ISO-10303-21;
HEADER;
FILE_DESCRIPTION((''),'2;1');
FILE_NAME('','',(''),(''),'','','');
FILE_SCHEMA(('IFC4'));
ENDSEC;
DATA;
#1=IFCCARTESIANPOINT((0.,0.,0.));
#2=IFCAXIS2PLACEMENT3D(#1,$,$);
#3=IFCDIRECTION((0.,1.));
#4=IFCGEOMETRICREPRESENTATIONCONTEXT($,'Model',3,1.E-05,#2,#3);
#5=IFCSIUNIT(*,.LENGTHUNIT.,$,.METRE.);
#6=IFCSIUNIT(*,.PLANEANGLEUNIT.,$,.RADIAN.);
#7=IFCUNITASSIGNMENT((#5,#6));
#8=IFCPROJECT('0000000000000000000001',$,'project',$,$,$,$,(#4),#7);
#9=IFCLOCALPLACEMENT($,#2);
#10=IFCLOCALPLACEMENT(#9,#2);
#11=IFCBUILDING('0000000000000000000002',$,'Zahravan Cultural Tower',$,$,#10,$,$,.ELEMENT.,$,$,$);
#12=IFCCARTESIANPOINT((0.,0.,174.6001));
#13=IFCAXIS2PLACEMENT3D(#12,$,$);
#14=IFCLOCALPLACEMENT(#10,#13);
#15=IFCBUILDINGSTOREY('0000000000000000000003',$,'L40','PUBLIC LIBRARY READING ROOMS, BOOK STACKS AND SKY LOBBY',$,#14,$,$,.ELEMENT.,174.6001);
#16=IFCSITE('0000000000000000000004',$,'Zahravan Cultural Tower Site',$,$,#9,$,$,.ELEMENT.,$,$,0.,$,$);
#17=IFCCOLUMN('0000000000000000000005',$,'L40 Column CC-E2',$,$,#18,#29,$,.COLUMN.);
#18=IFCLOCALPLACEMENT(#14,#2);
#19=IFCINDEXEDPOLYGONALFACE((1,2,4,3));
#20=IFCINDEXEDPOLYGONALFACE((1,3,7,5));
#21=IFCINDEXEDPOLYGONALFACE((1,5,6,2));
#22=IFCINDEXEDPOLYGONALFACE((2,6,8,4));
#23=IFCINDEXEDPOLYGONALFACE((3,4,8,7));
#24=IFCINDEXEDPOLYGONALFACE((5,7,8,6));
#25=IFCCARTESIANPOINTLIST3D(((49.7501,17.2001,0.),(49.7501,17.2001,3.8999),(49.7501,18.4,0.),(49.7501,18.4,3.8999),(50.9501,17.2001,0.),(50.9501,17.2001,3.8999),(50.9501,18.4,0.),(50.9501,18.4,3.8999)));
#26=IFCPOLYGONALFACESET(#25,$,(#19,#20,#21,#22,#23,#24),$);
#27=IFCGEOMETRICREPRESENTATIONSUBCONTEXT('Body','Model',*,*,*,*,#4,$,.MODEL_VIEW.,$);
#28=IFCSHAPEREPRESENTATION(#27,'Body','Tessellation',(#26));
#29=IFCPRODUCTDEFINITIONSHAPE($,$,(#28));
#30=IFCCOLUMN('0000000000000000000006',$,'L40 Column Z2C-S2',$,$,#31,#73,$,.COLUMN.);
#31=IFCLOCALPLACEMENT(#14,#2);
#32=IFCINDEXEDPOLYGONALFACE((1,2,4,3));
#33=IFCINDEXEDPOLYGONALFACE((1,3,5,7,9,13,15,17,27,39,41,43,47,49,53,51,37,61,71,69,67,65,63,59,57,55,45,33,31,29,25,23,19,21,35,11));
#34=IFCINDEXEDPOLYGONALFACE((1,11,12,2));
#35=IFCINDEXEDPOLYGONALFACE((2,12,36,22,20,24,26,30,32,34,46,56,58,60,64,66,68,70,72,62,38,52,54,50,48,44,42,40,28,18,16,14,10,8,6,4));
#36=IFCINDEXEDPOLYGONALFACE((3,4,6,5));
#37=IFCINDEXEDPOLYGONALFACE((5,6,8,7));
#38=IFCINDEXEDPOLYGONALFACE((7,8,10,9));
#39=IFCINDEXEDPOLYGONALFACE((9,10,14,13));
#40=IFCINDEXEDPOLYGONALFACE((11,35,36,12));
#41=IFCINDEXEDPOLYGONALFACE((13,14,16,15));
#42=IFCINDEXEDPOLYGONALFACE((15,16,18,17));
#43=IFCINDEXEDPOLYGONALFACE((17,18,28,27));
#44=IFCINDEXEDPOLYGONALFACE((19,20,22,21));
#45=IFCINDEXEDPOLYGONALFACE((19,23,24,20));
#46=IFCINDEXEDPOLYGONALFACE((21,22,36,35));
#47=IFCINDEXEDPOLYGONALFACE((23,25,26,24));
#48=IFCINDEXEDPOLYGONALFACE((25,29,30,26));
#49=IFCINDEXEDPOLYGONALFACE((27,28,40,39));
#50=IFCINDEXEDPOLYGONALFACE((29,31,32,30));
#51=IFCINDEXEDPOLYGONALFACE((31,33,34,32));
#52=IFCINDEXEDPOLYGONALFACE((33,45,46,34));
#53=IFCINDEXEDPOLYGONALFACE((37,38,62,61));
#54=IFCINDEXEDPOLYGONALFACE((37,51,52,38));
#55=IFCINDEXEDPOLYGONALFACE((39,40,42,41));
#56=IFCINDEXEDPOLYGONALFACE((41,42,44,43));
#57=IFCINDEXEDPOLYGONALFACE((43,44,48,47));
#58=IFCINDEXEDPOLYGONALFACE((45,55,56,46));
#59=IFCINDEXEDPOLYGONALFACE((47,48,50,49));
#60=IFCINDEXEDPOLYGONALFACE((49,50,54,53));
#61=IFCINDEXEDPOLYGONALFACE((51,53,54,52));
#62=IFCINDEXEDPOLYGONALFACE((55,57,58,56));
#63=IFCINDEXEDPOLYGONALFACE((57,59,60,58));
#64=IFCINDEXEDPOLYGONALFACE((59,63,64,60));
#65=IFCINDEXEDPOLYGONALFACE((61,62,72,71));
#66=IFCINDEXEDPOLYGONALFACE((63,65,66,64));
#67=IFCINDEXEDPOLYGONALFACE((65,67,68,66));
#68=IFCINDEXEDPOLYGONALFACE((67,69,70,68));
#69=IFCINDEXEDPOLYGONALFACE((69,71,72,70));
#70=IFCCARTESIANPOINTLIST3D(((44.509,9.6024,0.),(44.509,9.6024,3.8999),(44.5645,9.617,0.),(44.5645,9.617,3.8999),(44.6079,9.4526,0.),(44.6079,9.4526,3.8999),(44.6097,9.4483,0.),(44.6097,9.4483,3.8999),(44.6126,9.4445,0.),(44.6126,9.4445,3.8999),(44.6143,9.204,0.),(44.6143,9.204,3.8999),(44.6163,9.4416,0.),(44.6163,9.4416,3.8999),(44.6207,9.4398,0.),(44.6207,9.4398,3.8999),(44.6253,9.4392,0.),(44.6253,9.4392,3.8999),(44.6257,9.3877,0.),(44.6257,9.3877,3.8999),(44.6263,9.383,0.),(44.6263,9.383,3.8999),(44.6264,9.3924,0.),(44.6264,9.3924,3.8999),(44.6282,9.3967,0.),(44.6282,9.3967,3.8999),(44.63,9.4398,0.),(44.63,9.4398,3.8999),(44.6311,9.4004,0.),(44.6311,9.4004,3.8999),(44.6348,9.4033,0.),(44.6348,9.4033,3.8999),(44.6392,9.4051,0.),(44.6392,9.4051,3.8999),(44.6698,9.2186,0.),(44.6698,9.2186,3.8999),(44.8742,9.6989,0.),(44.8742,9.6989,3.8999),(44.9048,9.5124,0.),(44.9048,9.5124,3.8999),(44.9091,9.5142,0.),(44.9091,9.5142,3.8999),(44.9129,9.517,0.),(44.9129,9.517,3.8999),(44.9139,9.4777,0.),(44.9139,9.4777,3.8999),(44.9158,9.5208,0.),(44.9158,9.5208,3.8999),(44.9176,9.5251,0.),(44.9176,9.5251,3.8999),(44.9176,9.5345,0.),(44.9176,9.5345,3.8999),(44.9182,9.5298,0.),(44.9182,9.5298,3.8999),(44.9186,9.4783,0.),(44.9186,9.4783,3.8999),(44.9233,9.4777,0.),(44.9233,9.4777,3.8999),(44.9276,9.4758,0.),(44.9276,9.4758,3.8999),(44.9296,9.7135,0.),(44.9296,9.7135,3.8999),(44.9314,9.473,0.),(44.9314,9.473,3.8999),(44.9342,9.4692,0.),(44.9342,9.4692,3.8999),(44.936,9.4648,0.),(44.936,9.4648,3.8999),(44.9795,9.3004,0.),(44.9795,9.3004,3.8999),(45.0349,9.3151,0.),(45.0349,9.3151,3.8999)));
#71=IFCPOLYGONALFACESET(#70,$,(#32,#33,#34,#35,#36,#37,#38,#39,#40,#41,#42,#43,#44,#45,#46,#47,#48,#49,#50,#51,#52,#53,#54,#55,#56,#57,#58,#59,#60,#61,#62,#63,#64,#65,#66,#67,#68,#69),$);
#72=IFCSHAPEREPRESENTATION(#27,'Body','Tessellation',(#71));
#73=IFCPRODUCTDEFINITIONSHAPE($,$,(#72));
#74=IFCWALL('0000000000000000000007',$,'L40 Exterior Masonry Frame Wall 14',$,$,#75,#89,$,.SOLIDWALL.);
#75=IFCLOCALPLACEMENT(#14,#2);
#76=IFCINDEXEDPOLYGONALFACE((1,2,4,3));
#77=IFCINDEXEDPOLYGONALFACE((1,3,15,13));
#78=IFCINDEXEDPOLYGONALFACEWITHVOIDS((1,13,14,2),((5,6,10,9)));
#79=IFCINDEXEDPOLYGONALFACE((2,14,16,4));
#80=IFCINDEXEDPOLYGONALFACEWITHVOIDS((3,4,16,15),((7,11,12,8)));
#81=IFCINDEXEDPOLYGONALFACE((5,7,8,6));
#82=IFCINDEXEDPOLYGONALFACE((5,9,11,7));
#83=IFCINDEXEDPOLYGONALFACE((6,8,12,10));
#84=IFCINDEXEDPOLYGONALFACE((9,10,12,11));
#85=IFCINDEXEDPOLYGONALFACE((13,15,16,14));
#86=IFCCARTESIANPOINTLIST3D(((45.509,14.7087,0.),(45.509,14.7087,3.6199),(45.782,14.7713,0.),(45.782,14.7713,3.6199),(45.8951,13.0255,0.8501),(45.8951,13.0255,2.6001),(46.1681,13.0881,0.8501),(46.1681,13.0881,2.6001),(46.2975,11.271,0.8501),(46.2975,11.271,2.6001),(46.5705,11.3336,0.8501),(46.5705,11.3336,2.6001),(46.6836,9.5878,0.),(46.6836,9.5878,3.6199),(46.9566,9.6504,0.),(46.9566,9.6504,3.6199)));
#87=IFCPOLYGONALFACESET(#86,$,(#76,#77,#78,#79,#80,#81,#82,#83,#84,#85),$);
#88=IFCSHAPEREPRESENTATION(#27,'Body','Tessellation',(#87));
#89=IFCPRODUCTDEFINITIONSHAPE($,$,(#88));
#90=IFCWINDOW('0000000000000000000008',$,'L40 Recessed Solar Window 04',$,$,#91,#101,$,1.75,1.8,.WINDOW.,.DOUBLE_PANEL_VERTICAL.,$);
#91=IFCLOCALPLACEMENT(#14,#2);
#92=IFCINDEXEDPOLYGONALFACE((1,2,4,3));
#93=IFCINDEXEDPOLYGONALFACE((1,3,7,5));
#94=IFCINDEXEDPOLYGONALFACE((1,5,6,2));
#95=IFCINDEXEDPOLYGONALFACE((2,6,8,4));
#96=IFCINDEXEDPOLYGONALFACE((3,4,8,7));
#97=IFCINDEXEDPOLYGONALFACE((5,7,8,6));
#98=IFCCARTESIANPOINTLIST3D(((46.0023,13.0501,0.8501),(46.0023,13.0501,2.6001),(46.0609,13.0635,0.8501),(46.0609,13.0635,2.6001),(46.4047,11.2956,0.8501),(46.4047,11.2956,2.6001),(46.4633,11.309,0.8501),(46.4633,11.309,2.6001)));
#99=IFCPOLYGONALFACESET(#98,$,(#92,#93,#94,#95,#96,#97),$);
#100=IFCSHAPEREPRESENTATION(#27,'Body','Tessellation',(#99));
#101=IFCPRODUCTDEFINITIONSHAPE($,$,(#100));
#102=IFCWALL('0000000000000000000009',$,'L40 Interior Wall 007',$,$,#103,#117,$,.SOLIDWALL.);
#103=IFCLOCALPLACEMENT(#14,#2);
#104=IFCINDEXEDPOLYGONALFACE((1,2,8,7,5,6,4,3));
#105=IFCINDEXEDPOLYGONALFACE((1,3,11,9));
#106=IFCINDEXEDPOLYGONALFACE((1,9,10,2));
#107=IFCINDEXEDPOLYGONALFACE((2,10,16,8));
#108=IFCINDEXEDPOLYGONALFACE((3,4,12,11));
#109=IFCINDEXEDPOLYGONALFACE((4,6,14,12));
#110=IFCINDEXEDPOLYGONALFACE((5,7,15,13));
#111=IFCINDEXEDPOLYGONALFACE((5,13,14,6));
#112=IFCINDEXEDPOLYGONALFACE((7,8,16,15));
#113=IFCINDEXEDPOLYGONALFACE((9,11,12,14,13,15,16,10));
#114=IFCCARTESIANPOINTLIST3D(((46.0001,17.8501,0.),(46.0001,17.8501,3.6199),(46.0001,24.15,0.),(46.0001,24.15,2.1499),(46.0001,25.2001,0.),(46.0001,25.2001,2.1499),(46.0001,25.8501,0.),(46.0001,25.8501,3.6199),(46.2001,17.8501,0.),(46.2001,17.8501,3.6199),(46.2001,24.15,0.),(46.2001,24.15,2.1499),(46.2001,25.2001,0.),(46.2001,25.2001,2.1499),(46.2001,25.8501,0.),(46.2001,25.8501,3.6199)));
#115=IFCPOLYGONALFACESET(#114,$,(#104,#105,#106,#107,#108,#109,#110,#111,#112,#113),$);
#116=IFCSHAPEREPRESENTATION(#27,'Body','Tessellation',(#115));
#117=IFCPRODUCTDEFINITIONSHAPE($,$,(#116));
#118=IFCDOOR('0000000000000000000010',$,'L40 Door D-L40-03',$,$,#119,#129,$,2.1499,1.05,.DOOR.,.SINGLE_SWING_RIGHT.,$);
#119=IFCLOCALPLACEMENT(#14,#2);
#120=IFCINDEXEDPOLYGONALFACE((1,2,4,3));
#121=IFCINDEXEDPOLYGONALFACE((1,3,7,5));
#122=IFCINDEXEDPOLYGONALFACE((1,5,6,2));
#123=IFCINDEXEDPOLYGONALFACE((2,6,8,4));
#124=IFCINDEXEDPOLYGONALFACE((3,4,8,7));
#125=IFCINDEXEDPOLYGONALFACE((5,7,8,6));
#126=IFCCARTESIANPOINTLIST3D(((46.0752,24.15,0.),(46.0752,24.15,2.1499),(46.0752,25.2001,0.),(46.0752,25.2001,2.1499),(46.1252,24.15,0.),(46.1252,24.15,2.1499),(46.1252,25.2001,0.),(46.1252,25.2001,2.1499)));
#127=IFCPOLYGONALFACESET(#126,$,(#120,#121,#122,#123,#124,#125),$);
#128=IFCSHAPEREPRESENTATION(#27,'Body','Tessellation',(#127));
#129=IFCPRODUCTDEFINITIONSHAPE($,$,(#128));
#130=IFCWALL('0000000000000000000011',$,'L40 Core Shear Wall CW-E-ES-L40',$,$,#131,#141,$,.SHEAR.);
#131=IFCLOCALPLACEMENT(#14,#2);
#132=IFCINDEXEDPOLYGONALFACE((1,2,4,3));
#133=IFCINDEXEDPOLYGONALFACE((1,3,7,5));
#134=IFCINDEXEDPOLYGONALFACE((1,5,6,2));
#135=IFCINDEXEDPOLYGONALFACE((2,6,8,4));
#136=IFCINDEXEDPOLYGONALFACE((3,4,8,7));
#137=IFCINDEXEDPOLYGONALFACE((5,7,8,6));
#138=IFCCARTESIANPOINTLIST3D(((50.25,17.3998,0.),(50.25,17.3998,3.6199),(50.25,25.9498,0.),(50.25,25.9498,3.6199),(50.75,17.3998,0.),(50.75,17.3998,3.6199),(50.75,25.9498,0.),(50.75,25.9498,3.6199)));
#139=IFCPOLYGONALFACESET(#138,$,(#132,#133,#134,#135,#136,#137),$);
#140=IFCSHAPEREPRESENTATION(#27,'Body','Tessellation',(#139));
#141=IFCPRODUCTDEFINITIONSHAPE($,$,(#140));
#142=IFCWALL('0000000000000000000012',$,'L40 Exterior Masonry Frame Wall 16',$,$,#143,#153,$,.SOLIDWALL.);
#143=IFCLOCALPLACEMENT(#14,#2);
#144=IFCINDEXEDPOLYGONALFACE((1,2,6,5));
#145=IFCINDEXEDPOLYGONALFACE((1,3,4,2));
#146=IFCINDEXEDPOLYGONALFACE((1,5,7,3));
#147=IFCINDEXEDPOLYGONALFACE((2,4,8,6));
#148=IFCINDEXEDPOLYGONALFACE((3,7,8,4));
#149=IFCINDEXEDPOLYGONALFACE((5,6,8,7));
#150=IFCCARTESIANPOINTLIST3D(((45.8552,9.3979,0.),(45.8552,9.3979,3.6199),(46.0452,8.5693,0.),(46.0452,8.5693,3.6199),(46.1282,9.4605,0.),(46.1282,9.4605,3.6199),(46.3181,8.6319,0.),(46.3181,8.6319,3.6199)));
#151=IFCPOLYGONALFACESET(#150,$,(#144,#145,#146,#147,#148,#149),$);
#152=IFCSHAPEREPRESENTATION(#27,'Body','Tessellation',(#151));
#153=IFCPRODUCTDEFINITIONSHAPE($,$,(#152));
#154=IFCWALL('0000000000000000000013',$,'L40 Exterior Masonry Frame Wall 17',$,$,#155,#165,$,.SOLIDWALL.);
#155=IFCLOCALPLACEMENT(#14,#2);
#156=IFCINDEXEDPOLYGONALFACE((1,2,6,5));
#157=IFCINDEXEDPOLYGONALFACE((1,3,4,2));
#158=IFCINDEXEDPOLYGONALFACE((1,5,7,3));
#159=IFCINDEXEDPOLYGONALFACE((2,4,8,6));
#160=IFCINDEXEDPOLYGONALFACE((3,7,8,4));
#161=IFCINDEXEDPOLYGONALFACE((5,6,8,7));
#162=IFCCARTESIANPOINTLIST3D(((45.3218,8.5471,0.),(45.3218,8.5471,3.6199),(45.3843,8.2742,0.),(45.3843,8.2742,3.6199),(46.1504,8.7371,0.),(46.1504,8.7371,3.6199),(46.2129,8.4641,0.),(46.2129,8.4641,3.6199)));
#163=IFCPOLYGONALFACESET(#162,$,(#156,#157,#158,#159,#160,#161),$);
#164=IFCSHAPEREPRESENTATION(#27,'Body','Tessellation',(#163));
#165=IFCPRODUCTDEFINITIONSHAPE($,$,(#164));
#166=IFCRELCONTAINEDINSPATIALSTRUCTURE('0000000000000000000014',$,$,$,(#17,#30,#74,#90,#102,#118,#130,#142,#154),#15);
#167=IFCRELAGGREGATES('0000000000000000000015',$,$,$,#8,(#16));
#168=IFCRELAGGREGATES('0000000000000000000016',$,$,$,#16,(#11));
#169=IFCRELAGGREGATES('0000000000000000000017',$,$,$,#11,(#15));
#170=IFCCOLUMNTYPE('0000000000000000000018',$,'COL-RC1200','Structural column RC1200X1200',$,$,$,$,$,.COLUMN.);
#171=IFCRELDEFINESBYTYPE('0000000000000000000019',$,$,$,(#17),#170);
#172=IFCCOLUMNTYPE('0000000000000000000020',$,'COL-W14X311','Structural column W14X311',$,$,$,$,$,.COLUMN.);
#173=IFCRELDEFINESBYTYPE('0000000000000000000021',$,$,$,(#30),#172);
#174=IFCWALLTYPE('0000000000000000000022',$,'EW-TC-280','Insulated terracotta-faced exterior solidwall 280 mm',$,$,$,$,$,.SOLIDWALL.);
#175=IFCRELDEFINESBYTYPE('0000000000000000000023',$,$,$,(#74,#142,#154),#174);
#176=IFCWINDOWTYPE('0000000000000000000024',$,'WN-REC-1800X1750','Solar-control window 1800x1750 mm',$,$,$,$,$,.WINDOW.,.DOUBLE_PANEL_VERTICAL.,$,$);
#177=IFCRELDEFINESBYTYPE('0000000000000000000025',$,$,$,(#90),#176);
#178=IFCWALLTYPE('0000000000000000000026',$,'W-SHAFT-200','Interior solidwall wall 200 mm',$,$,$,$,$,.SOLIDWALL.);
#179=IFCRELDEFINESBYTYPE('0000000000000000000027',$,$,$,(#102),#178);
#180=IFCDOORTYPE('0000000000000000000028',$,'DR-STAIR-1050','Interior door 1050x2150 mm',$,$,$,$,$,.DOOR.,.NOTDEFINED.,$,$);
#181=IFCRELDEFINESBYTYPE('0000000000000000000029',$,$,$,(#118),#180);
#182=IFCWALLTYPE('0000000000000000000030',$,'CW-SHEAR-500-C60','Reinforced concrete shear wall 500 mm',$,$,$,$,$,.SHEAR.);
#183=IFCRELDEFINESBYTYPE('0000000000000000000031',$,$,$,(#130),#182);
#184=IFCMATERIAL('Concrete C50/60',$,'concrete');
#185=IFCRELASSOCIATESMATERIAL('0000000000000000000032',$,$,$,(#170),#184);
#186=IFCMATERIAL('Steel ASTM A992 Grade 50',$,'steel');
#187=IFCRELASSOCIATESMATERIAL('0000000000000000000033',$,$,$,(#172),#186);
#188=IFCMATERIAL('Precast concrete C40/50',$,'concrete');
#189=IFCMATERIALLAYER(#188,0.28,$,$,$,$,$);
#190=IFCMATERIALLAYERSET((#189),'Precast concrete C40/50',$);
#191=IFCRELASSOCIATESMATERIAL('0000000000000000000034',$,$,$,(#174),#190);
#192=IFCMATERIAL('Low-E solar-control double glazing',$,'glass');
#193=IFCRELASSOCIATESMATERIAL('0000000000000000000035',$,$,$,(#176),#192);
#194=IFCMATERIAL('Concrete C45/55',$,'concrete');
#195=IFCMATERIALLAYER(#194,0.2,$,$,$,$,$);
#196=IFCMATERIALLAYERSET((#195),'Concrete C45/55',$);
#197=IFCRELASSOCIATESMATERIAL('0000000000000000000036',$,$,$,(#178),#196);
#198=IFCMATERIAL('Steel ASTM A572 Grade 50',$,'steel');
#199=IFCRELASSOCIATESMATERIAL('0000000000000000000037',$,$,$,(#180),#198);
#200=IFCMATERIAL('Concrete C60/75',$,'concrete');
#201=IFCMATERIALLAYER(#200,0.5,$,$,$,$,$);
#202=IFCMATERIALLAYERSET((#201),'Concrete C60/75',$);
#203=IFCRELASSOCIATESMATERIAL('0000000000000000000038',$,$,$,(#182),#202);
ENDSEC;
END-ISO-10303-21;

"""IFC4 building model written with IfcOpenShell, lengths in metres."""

from ifc_helpers import new_model, si_unit, direction, frame, frame_2d, origin, origin_2d, place, context, subcontext, project, spatial, rectangle, i_section, extrude, source, transform, mapped, material, layer, layer_set, material_profile, profile_set, type_object, element, fill, save


model = new_model("IFC4")

# Units and contexts
model_context = context("Model", 3, precision=1e-05, world=origin(), true_north=direction((0.0, 1.0)))
body_context = subcontext(model_context, "Body", "Model", "MODEL_VIEW")
ifc_project = project(units=[si_unit("LENGTHUNIT", "METRE"), si_unit("PLANEANGLEUNIT", "RADIAN")], contexts=[model_context])

# Site, building, storey
site_placement = place(None, origin())
site = spatial("IfcSite", under=ifc_project, at=site_placement, Name="Zahravan Cultural Tower Site", CompositionType="ELEMENT", RefElevation=0.0)
building_placement = place(site_placement, origin())
building = spatial("IfcBuilding", under=site, at=building_placement, Name="Zahravan Cultural Tower", CompositionType="ELEMENT")
storey_placement = place(building_placement, frame((0.0, 0.0, 174.6001)))
storey = spatial("IfcBuildingStorey", under=building, at=storey_placement, Name="L40", Description="PUBLIC LIBRARY READING ROOMS, BOOK STACKS AND SKY LOBBY", CompositionType="ELEMENT", Elevation=174.6001)

# Columns
ifc_material_1 = material(Name="Concrete C50/60", Category="concrete")
ifc_material_profile_1 = material_profile(ifc_material_1, rectangle(XDim=1.2, YDim=1.2, at=origin_2d()), Name="RC1200X1200")
ifc_profile_set_1 = profile_set([ifc_material_profile_1], Name="Concrete C50/60")
column_type_1 = type_object("IfcColumnType", Name="COL-RC1200", Description="Structural column RC1200X1200", PredefinedType="COLUMN", material=ifc_profile_set_1)
shared_shape_1 = source(origin(), body_context, "Body", "SweptSolid", [
    extrude(rectangle(XDim=1.2, YDim=1.2, at=origin_2d()), origin(), (0.0, 0.0, 1.0), 3.8999),
])
column_1_placement = place(storey_placement, frame((50.3501, 17.8, 0.0), z_axis=(0.0, 0.0, 1.0), x_axis=(1.0, 0.0, 0.0)))
element("IfcColumn", 1, at=column_1_placement, inside=storey, type_object=column_type_1, Name="L40 Column CC-E2", PredefinedType="COLUMN", context=body_context, shape_type="MappedRepresentation", body=[
    mapped(shared_shape_1, transform((0.0, 0.0, 0.0), x_axis=(1.0, 0.0, 0.0), y_axis=(0.0, 1.0, 0.0), z_axis=(0.0, 0.0, 1.0), scale=1.0)),
])
ifc_material_2 = material(Name="Steel ASTM A992 Grade 50", Category="steel")
ifc_material_profile_2 = material_profile(ifc_material_2, i_section(OverallWidth=0.4121, OverallDepth=0.4351, WebThickness=0.0359, FlangeThickness=0.0574, FilletRadius=0.0181, at=origin_2d()), Name="W14X311")
ifc_profile_set_2 = profile_set([ifc_material_profile_2], Name="Steel ASTM A992 Grade 50")
column_type_2 = type_object("IfcColumnType", Name="COL-W14X311", Description="Structural column W14X311", PredefinedType="COLUMN", material=ifc_profile_set_2)
shared_shape_2 = source(origin(), body_context, "Body", "SweptSolid", [
    extrude(i_section(OverallWidth=0.4121, OverallDepth=0.4351, WebThickness=0.0359, FlangeThickness=0.0574, FilletRadius=0.0181, at=origin_2d()), origin(), (0.0, 0.0, 1.0), 3.8999),
])
column_2_placement = place(storey_placement, frame((44.772, 9.4587, 0.0), z_axis=(0.0, 0.0, 1.0), x_axis=(-0.255446, 0.966823, 0.0)))
element("IfcColumn", 2, at=column_2_placement, inside=storey, type_object=column_type_2, Name="L40 Column Z2C-S2", PredefinedType="COLUMN", context=body_context, shape_type="MappedRepresentation", body=[
    mapped(shared_shape_2, transform((0.0, 0.0, 0.0), x_axis=(1.0, 0.0, 0.0), y_axis=(0.0, 1.0, 0.0), z_axis=(0.0, 0.0, 1.0), scale=1.0)),
])

# Shared definitions
ifc_material_3 = material(Name="Precast concrete C40/50", Category="concrete")
ifc_layer_1 = layer(ifc_material_3, 0.28)
ifc_layer_set_1 = layer_set([ifc_layer_1], Name="Precast concrete C40/50")
wall_type_1 = type_object("IfcWallType", Name="EW-TC-280", Description="Insulated terracotta-faced exterior solidwall 280 mm", PredefinedType="SOLIDWALL", material=ifc_layer_set_1)
shared_shape_3 = source(origin(), body_context, "Body", "SweptSolid", [
    extrude(rectangle(XDim=1.05, YDim=2.1499, at=frame_2d((0.5249, 1.075))), frame((0.0, 0.0249, 0.0), z_axis=(0.0, -1.0, 0.0), x_axis=(1.0, 0.0, 0.0)), (0.0, 0.0, 1.0), 0.05),
])

# Wall, opening, window
wall_1_placement = place(storey_placement, frame((45.6455, 14.74, 0.0), z_axis=(0.0, 0.0, 1.0), x_axis=(0.223563, -0.97469, 0.0)))
wall_1 = element("IfcWall", 3, at=wall_1_placement, inside=storey, type_object=wall_type_1, Name="L40 Exterior Masonry Frame Wall 14", PredefinedType="SOLIDWALL", context=body_context, shape_type="SweptSolid", body=[
    extrude(rectangle(XDim=5.2539, YDim=0.28, at=frame_2d((2.627, 0.0))), origin(), (0.0, 0.0, 1.0), 3.6199),
])
opening_1_placement = place(wall_1_placement, frame((1.7271, 0.0, 0.8501)))
opening_1 = element("IfcOpeningElement", 4, at=opening_1_placement, cuts=wall_1, PredefinedType="OPENING", context=body_context, shape_type="SweptSolid", body=[
    extrude(rectangle(XDim=1.8, YDim=1.75, at=frame_2d((0.8999, 0.875))), frame((0.0, 0.1499, 0.0), z_axis=(0.0, -1.0, 0.0), x_axis=(1.0, 0.0, 0.0)), (0.0, 0.0, 1.0), 0.3),
])
ifc_material_4 = material(Name="Low-E solar-control double glazing", Category="glass")
window_type = type_object("IfcWindowType", Name="WN-REC-1800X1750", Description="Solar-control window 1800x1750 mm", PartitioningType="DOUBLE_PANEL_VERTICAL", PredefinedType="WINDOW", material=ifc_material_4)
shared_shape_4 = source(origin(), body_context, "Body", "SweptSolid", [
    extrude(rectangle(XDim=1.8, YDim=1.75, at=frame_2d((0.8999, 0.875))), frame((0.0, 0.03, 0.0), z_axis=(0.0, -1.0, 0.0), x_axis=(1.0, 0.0, 0.0)), (0.0, 0.0, 1.0), 0.0601),
])
window_placement = place(opening_1_placement, origin())
window = element("IfcWindow", 5, at=window_placement, inside=storey, type_object=window_type, Name="L40 Recessed Solar Window 04", OverallHeight=1.75, OverallWidth=1.8, PartitioningType="DOUBLE_PANEL_VERTICAL", PredefinedType="WINDOW", context=body_context, shape_type="MappedRepresentation", body=[
    mapped(shared_shape_4, transform((0.0, 0.0, 0.0), x_axis=(1.0, 0.0, 0.0), y_axis=(0.0, 1.0, 0.0), z_axis=(0.0, 0.0, 1.0), scale=1.0)),
])
fill(opening_1, window)

# Wall, opening, door
ifc_material_5 = material(Name="Concrete C45/55", Category="concrete")
ifc_layer_2 = layer(ifc_material_5, 0.2)
ifc_layer_set_2 = layer_set([ifc_layer_2], Name="Concrete C45/55")
wall_type_2 = type_object("IfcWallType", Name="W-SHAFT-200", Description="Interior solidwall wall 200 mm", PredefinedType="SOLIDWALL", material=ifc_layer_set_2)
wall_2_placement = place(storey_placement, frame((46.1001, 17.8501, 0.0), z_axis=(0.0, 0.0, 1.0), x_axis=(0.0, 1.0, 0.0)))
wall_2 = element("IfcWall", 6, at=wall_2_placement, inside=storey, type_object=wall_type_2, Name="L40 Interior Wall 007", PredefinedType="SOLIDWALL", context=body_context, shape_type="SweptSolid", body=[
    extrude(rectangle(XDim=8.0, YDim=0.2, at=frame_2d((4.0, 0.0))), origin(), (0.0, 0.0, 1.0), 3.6199),
])
opening_2_placement = place(wall_2_placement, frame((6.3, 0.0, 0.0)))
opening_2 = element("IfcOpeningElement", 7, at=opening_2_placement, cuts=wall_2, PredefinedType="OPENING", context=body_context, shape_type="SweptSolid", body=[
    extrude(rectangle(XDim=1.05, YDim=2.1499, at=frame_2d((0.5249, 1.075))), frame((0.0, 0.1099, 0.0), z_axis=(0.0, -1.0, 0.0), x_axis=(1.0, 0.0, 0.0)), (0.0, 0.0, 1.0), 0.22),
])
ifc_material_6 = material(Name="Steel ASTM A572 Grade 50", Category="steel")
door_type_1 = type_object("IfcDoorType", Name="DR-STAIR-1050", Description="Interior door 1050x2150 mm", OperationType="NOTDEFINED", PredefinedType="DOOR", material=ifc_material_6)
door_1_placement = place(opening_2_placement, origin())
door_1 = element("IfcDoor", 8, at=door_1_placement, inside=storey, type_object=door_type_1, Name="L40 Door D-L40-03", OperationType="SINGLE_SWING_RIGHT", OverallHeight=2.1499, OverallWidth=1.05, PredefinedType="DOOR", context=body_context, shape_type="MappedRepresentation", body=[
    mapped(shared_shape_3, transform((0.0, 0.0, 0.0), x_axis=(1.0, 0.0, 0.0), y_axis=(0.0, 1.0, 0.0), z_axis=(0.0, 0.0, 1.0), scale=1.0)),
])
fill(opening_2, door_1)

# Walls
ifc_material_7 = material(Name="Concrete C60/75", Category="concrete")
ifc_layer_3 = layer(ifc_material_7, 0.5)
ifc_layer_set_3 = layer_set([ifc_layer_3], Name="Concrete C60/75")
wall_type_3 = type_object("IfcWallType", Name="CW-SHEAR-500-C60", Description="Reinforced concrete shear wall 500 mm", PredefinedType="SHEAR", material=ifc_layer_set_3)
shared_shape_5 = source(origin(), body_context, "Body", "SweptSolid", [
    extrude(rectangle(XDim=8.55, YDim=0.5, at=frame_2d((4.2749, 0.0))), origin(), (0.0, 0.0, 1.0), 3.6199),
])
wall_3_placement = place(storey_placement, frame((50.5, 17.3999, 0.0), z_axis=(0.0, 0.0, 1.0), x_axis=(0.0, 1.0, 0.0)))
element("IfcWall", 9, at=wall_3_placement, inside=storey, type_object=wall_type_3, Name="L40 Core Shear Wall CW-E-ES-L40", PredefinedType="SHEAR", context=body_context, shape_type="MappedRepresentation", body=[
    mapped(shared_shape_5, transform((0.0, 0.0, 0.0), x_axis=(1.0, 0.0, 0.0), y_axis=(0.0, 1.0, 0.0), z_axis=(0.0, 0.0, 1.0), scale=1.0)),
])
shared_shape_6 = source(origin(), body_context, "Body", "SweptSolid", [
    extrude(rectangle(XDim=0.8501, YDim=0.28, at=frame_2d((0.425, 0.0))), origin(), (0.0, 0.0, 1.0), 3.6199),
])
for number, where, z_axis, x_axis, name in (
    (10, (45.9917, 9.4292, 0.0), (0.0, 0.0, 1.0), (0.223433, -0.974719, 0.0), "L40 Exterior Masonry Frame Wall 16"),
    (11, (46.1816, 8.6006, 0.0), (0.0, 0.0, 1.0), (-0.974719, -0.223433, 0.0), "L40 Exterior Masonry Frame Wall 17"),
):
    element("IfcWall", number, at=place(storey_placement, frame(where, z_axis=z_axis, x_axis=x_axis)), inside=storey, type_object=wall_type_1, Name=name, PredefinedType="SOLIDWALL", context=body_context, shape_type="MappedRepresentation", body=[
        mapped(shared_shape_6, transform((0.0, 0.0, 0.0), x_axis=(1.0, 0.0, 0.0), y_axis=(0.0, 1.0, 0.0), z_axis=(0.0, 0.0, 1.0), scale=1.0)),
    ])

save(model, "model.ifc")
